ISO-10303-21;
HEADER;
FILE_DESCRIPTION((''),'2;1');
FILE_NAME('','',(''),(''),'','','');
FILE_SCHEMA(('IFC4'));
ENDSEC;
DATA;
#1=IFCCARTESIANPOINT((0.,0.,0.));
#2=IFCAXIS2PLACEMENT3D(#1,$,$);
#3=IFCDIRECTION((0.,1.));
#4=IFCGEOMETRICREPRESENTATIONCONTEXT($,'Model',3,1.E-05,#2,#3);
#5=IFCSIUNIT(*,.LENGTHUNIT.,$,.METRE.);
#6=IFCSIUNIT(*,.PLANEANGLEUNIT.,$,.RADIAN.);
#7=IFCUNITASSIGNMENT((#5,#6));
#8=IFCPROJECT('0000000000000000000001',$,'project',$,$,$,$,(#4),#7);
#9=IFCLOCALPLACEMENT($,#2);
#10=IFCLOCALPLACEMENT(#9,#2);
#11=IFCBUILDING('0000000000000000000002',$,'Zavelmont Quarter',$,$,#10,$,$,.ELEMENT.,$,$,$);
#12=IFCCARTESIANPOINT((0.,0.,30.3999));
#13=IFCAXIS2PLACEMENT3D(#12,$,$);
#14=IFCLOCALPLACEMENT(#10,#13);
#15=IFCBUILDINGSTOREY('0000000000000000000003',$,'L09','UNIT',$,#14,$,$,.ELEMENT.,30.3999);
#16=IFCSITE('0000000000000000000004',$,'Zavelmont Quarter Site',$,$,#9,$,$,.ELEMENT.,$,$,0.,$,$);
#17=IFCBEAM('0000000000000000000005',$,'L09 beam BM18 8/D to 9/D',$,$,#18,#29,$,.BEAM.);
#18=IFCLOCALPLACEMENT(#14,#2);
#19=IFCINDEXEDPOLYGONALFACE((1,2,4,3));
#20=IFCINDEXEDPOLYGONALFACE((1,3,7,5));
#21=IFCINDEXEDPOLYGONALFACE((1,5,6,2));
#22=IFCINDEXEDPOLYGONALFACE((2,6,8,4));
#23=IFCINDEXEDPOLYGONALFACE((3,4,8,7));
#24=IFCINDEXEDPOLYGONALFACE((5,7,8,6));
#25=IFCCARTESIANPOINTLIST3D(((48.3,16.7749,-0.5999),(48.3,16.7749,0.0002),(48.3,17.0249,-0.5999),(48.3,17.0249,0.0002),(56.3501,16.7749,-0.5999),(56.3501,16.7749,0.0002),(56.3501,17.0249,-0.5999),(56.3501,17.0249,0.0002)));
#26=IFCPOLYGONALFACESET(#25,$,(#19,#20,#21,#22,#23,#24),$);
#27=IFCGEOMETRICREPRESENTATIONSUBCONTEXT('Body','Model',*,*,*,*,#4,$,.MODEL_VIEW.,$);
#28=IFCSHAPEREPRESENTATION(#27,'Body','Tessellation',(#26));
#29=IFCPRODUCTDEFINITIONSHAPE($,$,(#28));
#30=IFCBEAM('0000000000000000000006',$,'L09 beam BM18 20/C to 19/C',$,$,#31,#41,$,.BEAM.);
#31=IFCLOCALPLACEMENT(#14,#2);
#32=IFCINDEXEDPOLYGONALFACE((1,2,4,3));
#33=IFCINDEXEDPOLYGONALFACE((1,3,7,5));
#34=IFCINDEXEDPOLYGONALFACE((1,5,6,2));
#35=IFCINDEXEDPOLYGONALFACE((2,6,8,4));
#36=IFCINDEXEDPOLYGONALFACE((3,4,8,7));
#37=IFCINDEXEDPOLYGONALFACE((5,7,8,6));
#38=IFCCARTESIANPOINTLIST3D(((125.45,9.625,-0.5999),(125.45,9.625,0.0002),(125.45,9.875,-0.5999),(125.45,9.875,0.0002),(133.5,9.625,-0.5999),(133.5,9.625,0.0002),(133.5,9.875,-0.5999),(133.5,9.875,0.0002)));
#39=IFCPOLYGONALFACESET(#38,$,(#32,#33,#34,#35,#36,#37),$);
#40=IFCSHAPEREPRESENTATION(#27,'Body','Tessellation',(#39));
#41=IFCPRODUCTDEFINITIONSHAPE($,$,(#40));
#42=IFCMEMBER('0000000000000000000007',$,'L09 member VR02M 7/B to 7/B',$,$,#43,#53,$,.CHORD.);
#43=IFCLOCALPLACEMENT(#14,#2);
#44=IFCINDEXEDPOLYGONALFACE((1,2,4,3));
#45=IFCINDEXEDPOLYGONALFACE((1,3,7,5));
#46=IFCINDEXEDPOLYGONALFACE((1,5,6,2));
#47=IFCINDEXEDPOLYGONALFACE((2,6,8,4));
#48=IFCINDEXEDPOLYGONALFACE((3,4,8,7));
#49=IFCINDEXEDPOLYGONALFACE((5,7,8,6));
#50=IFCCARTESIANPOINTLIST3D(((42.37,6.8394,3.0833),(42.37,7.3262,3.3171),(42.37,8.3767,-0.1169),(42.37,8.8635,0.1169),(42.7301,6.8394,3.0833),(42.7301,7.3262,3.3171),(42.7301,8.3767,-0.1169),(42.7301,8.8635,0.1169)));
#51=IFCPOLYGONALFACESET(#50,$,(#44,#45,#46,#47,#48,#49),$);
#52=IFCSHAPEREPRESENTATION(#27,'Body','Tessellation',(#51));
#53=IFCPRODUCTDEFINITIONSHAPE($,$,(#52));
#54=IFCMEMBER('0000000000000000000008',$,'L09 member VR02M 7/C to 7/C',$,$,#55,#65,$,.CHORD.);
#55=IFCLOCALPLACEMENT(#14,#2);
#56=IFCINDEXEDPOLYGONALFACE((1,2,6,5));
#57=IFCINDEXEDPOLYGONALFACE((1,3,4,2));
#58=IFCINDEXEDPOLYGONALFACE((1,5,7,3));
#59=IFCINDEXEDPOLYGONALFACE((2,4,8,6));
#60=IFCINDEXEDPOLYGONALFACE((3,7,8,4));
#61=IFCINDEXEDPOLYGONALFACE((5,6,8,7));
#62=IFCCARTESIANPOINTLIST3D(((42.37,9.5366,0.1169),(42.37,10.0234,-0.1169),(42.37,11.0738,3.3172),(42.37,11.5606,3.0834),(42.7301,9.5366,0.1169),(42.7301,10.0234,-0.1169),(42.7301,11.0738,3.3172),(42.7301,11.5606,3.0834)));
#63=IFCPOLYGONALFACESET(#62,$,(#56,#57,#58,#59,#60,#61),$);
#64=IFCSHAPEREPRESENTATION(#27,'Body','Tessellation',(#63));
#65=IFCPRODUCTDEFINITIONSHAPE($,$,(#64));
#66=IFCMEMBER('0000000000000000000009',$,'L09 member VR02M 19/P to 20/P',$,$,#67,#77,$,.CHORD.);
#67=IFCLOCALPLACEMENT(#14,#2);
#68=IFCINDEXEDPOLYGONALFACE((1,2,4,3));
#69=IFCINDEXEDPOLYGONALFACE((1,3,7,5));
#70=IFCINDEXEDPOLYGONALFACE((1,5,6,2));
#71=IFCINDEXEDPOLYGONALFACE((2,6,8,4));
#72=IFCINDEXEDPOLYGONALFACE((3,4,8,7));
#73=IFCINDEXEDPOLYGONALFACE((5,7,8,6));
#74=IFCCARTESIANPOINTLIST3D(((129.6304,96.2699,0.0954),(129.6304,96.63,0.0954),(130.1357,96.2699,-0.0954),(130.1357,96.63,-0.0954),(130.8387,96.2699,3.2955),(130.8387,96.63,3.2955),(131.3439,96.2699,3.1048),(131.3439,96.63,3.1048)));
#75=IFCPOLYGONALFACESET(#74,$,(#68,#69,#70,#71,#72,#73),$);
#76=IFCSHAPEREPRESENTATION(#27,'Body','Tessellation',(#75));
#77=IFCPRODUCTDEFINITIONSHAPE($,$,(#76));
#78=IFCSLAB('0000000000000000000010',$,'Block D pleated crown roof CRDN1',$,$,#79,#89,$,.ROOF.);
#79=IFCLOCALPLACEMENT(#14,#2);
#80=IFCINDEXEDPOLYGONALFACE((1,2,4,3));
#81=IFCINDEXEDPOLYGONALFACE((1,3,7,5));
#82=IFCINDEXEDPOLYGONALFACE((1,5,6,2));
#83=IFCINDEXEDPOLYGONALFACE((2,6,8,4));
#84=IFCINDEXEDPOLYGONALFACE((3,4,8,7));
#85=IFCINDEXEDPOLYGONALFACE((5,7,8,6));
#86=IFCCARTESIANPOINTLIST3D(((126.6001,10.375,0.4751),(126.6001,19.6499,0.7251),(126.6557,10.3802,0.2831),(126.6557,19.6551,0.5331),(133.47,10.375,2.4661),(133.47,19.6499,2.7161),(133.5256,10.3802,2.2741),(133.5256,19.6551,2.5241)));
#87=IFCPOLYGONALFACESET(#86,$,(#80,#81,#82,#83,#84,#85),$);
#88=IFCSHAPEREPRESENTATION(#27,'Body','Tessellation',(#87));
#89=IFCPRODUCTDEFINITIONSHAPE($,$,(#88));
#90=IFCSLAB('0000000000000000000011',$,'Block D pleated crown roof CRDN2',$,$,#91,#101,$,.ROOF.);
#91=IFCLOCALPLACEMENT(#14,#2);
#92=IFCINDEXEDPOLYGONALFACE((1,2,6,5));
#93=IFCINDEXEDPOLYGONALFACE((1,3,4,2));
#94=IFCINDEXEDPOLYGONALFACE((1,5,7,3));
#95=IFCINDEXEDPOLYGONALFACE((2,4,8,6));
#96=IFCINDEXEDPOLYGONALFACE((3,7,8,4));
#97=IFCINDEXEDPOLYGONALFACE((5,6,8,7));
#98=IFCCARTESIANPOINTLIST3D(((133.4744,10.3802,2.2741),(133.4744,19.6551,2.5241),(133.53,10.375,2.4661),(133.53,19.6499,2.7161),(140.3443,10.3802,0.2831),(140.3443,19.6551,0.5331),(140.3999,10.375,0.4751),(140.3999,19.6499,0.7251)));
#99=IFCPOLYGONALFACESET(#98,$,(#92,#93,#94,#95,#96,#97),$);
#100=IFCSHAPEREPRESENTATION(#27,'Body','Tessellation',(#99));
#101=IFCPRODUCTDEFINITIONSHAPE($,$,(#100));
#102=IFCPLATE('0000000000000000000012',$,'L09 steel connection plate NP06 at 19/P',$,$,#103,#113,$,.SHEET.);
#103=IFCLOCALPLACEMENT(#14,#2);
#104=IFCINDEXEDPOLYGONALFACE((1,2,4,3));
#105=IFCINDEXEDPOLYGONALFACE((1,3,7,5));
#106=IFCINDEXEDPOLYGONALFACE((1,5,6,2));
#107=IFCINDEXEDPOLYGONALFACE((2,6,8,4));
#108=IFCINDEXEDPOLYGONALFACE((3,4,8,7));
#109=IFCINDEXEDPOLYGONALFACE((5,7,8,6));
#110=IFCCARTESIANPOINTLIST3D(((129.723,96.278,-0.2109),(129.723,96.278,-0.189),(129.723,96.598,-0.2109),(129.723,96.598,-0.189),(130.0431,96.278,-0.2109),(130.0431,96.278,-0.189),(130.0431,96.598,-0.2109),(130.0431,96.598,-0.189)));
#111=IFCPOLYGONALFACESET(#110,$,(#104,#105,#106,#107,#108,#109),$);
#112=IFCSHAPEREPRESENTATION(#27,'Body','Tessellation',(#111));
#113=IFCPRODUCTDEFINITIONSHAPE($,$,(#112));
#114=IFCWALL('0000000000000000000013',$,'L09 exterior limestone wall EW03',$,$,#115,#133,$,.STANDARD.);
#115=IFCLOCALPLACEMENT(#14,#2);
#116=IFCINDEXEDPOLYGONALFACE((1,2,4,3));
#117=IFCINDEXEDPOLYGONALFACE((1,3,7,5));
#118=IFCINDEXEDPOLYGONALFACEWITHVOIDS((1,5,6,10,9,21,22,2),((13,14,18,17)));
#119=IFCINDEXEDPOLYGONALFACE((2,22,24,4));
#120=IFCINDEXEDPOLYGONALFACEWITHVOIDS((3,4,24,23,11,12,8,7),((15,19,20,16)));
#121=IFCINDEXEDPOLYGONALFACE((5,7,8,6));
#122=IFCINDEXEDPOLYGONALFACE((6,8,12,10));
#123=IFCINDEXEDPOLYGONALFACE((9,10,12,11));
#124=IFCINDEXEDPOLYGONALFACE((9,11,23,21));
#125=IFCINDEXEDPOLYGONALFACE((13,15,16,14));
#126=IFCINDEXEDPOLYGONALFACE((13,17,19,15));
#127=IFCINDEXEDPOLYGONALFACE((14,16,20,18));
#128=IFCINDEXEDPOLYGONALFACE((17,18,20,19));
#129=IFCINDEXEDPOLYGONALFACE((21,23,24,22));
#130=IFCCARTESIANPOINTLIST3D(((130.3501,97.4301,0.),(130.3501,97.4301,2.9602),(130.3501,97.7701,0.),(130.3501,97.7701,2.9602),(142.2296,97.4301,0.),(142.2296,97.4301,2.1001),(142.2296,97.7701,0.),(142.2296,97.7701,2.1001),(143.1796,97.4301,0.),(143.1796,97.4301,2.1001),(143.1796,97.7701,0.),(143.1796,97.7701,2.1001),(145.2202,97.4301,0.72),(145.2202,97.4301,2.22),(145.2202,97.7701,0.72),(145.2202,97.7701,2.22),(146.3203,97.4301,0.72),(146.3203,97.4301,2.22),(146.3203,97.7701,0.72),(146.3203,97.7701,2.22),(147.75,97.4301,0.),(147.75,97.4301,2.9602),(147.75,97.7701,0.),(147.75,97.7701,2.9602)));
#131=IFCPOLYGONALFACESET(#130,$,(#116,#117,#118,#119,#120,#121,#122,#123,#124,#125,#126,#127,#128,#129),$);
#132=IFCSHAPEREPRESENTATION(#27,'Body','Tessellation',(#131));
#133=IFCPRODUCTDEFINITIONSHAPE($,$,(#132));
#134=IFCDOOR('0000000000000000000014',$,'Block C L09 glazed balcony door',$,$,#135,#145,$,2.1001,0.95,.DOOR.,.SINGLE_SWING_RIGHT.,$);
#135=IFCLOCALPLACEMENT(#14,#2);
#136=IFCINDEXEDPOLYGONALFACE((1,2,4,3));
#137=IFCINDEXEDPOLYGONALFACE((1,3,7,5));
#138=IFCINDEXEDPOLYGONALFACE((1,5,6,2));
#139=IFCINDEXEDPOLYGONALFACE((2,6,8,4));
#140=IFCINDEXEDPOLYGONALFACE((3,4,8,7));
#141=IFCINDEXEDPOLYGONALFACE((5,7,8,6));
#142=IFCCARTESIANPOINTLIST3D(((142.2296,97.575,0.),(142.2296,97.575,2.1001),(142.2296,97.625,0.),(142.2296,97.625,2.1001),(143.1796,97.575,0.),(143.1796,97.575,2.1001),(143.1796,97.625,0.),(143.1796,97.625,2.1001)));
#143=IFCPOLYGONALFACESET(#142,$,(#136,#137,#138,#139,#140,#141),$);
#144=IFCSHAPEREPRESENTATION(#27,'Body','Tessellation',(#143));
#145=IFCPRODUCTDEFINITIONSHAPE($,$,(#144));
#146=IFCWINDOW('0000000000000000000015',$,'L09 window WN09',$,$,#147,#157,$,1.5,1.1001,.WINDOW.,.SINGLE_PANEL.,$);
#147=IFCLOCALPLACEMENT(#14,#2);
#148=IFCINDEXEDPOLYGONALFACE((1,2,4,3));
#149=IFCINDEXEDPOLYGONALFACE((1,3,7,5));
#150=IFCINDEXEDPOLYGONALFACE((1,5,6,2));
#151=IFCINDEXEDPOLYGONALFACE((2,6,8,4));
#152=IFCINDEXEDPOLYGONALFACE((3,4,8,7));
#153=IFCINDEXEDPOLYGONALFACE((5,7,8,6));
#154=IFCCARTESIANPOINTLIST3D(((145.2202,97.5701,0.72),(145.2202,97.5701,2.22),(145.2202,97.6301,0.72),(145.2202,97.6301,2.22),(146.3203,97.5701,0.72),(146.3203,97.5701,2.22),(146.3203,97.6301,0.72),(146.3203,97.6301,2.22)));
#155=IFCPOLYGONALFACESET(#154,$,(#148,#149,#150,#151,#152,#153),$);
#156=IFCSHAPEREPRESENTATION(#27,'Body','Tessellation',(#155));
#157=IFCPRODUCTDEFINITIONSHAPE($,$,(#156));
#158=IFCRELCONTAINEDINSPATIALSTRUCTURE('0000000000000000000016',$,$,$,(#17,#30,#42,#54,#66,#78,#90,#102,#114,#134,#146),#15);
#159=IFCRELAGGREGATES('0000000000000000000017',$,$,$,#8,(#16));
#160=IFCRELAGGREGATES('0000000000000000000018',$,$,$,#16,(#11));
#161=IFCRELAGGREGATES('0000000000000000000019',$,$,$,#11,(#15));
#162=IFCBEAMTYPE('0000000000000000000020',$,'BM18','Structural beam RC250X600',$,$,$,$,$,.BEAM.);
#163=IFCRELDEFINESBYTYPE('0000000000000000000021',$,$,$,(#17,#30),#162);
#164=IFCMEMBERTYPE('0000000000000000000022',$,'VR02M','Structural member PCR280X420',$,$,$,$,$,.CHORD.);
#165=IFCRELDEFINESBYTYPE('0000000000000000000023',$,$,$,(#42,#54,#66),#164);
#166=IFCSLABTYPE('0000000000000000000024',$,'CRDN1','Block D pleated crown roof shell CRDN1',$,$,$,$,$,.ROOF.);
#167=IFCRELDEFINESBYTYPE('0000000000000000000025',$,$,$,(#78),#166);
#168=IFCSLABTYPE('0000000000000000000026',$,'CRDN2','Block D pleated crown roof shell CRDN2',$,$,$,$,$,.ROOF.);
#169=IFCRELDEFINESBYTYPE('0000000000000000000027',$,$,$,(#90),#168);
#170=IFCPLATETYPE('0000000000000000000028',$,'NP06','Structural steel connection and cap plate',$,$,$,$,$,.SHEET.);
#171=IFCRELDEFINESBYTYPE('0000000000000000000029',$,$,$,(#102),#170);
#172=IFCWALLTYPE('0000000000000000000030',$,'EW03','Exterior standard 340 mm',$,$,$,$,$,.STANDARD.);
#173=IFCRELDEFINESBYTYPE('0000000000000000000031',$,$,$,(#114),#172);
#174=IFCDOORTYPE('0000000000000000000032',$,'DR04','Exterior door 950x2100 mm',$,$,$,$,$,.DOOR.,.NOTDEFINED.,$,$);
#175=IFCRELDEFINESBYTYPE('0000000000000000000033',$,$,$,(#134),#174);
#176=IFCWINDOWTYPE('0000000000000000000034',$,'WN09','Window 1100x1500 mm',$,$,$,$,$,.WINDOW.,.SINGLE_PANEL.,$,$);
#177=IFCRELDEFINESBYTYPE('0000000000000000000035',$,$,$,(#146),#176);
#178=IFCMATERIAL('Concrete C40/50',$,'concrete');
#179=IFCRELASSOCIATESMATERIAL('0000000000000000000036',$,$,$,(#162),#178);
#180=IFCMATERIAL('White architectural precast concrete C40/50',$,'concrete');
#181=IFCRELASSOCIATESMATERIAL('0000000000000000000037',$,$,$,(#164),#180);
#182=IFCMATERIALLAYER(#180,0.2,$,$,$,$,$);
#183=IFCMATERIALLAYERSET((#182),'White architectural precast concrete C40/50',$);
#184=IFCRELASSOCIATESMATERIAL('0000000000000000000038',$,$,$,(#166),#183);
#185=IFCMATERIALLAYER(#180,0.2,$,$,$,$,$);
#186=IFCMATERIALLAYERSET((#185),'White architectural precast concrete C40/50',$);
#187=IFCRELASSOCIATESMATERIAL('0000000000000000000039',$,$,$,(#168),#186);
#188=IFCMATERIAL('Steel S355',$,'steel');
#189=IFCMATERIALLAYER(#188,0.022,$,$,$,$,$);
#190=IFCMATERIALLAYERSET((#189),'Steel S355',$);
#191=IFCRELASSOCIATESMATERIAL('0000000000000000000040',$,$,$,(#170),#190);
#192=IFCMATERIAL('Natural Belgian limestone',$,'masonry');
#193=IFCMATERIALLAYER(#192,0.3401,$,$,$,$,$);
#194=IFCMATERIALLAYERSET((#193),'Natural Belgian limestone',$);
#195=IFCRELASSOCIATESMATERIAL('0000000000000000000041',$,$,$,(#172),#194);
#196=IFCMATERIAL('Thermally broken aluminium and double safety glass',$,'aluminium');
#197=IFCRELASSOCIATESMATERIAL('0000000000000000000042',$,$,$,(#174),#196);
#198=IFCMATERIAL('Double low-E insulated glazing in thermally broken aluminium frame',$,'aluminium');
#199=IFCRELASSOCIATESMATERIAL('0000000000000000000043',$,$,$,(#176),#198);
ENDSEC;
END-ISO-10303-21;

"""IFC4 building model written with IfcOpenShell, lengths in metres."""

from ifc_helpers import new_model, si_unit, direction, frame, frame_2d, origin, origin_with_axes, origin_2d, place, context, subcontext, project, spatial, polyline, rectangle, outline, extrude, material, layer, layer_set, material_profile, profile_set, type_object, element, fill, save


model = new_model("IFC4")

# Units and contexts
model_context = context("Model", 3, precision=1e-05, world=origin(), true_north=direction((0.0, 1.0)))
body_context = subcontext(model_context, "Body", "Model", "MODEL_VIEW")
ifc_project = project(units=[si_unit("LENGTHUNIT", "METRE"), si_unit("PLANEANGLEUNIT", "RADIAN")], contexts=[model_context])

# Site, building, storey
site_placement = place(None, origin())
site = spatial("IfcSite", under=ifc_project, at=site_placement, Name="Zavelmont Quarter Site", CompositionType="ELEMENT", RefElevation=0.0)
building_placement = place(site_placement, origin())
building = spatial("IfcBuilding", under=site, at=building_placement, Name="Zavelmont Quarter", CompositionType="ELEMENT")
storey_placement = place(building_placement, frame((0.0, 0.0, 30.3999)))
storey = spatial("IfcBuildingStorey", under=building, at=storey_placement, Name="L09", Description="UNIT", CompositionType="ELEMENT", Elevation=30.3999)

# Beams
ifc_material_1 = material(Name="Concrete C40/50", Category="concrete")
ifc_material_profile_1 = material_profile(ifc_material_1, rectangle(XDim=0.25, YDim=0.6001, at=origin_2d()), Name="RC250X600")
ifc_profile_set_1 = profile_set([ifc_material_profile_1], Name="Concrete C40/50")
beam_type_1 = type_object("IfcBeamType", Name="BM18", Description="Structural beam RC250X600", PredefinedType="BEAM", material=ifc_profile_set_1)
for number, where, z_axis, x_axis, name in (
    (1, (48.3, 16.8999, -0.2998), (1.0, 0.0, 0.0), (0.0, 1.0, 0.0), "L09 beam BM18 8/D to 9/D"),
    (2, (133.5, 9.75, -0.2998), (-1.0, 0.0, 0.0), (0.0, -1.0, 0.0), "L09 beam BM18 20/C to 19/C"),
):
    element("IfcBeam", number, at=place(storey_placement, frame(where, z_axis=z_axis, x_axis=x_axis)), inside=storey, type_object=beam_type_1, Name=name, PredefinedType="BEAM", context=body_context, shape_type="SweptSolid", body=[
        extrude(rectangle(XDim=0.25, YDim=0.6001, at=origin_2d()), origin(), (0.0, 0.0, 1.0), 8.05),
    ])

# Members
ifc_material_2 = material(Name="White architectural precast concrete C40/50", Category="concrete")
ifc_material_profile_2 = material_profile(ifc_material_2, rectangle(XDim=0.3601, YDim=0.54, at=origin_2d()), Name="PCR280X420")
ifc_profile_set_2 = profile_set([ifc_material_profile_2], Name="White architectural precast concrete C40/50")
member_type = type_object("IfcMemberType", Name="VR02M", Description="Structural member PCR280X420", PredefinedType="CHORD", material=ifc_profile_set_2)
for number, where, z_axis, x_axis, name in (
    (3, (42.55, 8.6201, 0.0), (0.0, -0.433019, 0.901385), (1.0, 0.0, 0.0), "L09 member VR02M 7/B to 7/B"),
    (4, (42.55, 9.78, 0.0), (0.0, 0.432964, 0.901411), (-1.0, 0.0, 0.0), "L09 member VR02M 7/C to 7/C"),
):
    element("IfcMember", number, at=place(storey_placement, frame(where, z_axis=z_axis, x_axis=x_axis)), inside=storey, type_object=member_type, Name=name, PredefinedType="CHORD", context=body_context, shape_type="SweptSolid", body=[
        extrude(rectangle(XDim=0.3601, YDim=0.54, at=origin_2d()), origin(), (0.0, 0.0, 1.0), 3.5503),
    ])
member_placement = place(storey_placement, frame((129.8831, 96.45, 0.0), z_axis=(0.353219, 0.0, 0.935541), x_axis=(0.0, 1.0, 0.0)))
element("IfcMember", 5, at=member_placement, inside=storey, type_object=member_type, Name="L09 member VR02M 19/P to 20/P", PredefinedType="CHORD", context=body_context, shape_type="SweptSolid", body=[
    extrude(rectangle(XDim=0.3601, YDim=0.54, at=origin_2d()), origin(), (0.0, 0.0, 1.0), 3.4207),
])

# Slabs
ifc_layer_1 = layer(ifc_material_2, 0.2)
ifc_layer_set_1 = layer_set([ifc_layer_1], Name="White architectural precast concrete C40/50")
slab_type_1 = type_object("IfcSlabType", Name="CRDN1", Description="Block D pleated crown roof shell CRDN1", PredefinedType="ROOF", material=ifc_layer_set_1)
slab_1_placement = place(storey_placement, frame((126.6001, 10.375, 0.4751), z_axis=(-0.278264, -0.02588, 0.960156), x_axis=(0.960478, 0.0, 0.278357)))
element("IfcSlab", 6, at=slab_1_placement, inside=storey, type_object=slab_type_1, Name="Block D pleated crown roof CRDN1", PredefinedType="ROOF", context=body_context, shape_type="SweptSolid", body=[
    extrude(outline(polyline([(0.0, 0.0), (7.1526, 0.0), (7.2221, 9.278), (0.0696, 9.278), (0.0, 0.0)])), origin(), (0.0, 0.0, -1.0), 0.2),
])
ifc_layer_2 = layer(ifc_material_2, 0.2)
ifc_layer_set_2 = layer_set([ifc_layer_2], Name="White architectural precast concrete C40/50")
slab_type_2 = type_object("IfcSlabType", Name="CRDN2", Description="Block D pleated crown roof shell CRDN2", PredefinedType="ROOF", material=ifc_layer_set_2)
slab_2_placement = place(storey_placement, frame((133.53, 10.375, 2.4661), z_axis=(0.278264, -0.02588, 0.960156), x_axis=(0.960478, 0.0, -0.278357)))
element("IfcSlab", 7, at=slab_2_placement, inside=storey, type_object=slab_type_2, Name="Block D pleated crown roof CRDN2", PredefinedType="ROOF", context=body_context, shape_type="SweptSolid", body=[
    extrude(outline(polyline([(0.0, 0.0), (7.1526, 0.0), (7.083, 9.278), (-0.0696, 9.278), (0.0, 0.0)])), origin(), (0.0, 0.0, -1.0), 0.2),
])

# Plate
ifc_material_3 = material(Name="Steel S355", Category="steel")
ifc_layer_3 = layer(ifc_material_3, 0.022)
ifc_layer_set_3 = layer_set([ifc_layer_3], Name="Steel S355")
plate_type = type_object("IfcPlateType", Name="NP06", Description="Structural steel connection and cap plate", PredefinedType="SHEET", material=ifc_layer_set_3)
plate_placement = place(storey_placement, frame((129.8831, 96.438, -0.2109), z_axis=(0.0, 0.0, 1.0), x_axis=(1.0, 0.0, 0.0)))
element("IfcPlate", 8, at=plate_placement, inside=storey, type_object=plate_type, Name="L09 steel connection plate NP06 at 19/P", PredefinedType="SHEET", context=body_context, shape_type="SweptSolid", body=[
    extrude(rectangle(XDim=0.3201, YDim=0.3201, at=origin_2d()), origin(), (0.0, 0.0, 1.0), 0.022),
])

# Wall, openings, door, window
ifc_material_4 = material(Name="Natural Belgian limestone", Category="masonry")
ifc_layer_4 = layer(ifc_material_4, 0.3401)
ifc_layer_set_4 = layer_set([ifc_layer_4], Name="Natural Belgian limestone")
wall_type_1 = type_object("IfcWallType", Name="EW03", Description="Exterior standard 340 mm", PredefinedType="STANDARD", material=ifc_layer_set_4)
wall_1_placement = place(storey_placement, frame((130.3501, 97.6001, 0.0), z_axis=(0.0, 0.0, 1.0), x_axis=(1.0, 0.0, 0.0)))
wall_1 = element("IfcWall", 9, at=wall_1_placement, inside=storey, type_object=wall_type_1, Name="L09 exterior limestone wall EW03", PredefinedType="STANDARD", context=body_context, shape_type="SweptSolid", body=[
    extrude(rectangle(XDim=17.3999, YDim=0.3401, at=frame_2d((8.7, 0.0))), origin(), (0.0, 0.0, 1.0), 2.9602),
])
opening_1_placement = place(wall_1_placement, frame((11.8794, 0.0, 0.0)))
opening_1 = element("IfcOpeningElement", 10, at=opening_1_placement, cuts=wall_1, PredefinedType="OPENING", context=body_context, shape_type="SweptSolid", body=[
    extrude(rectangle(XDim=0.95, YDim=2.1001, at=frame_2d((0.4751, 1.05))), frame((0.0, 0.1821, 0.0), z_axis=(0.0, -1.0, 0.0), x_axis=(1.0, 0.0, 0.0)), (0.0, 0.0, 1.0), 0.364),
])
opening_2_placement = place(wall_1_placement, frame((14.8701, 0.0, 0.72)))
opening_2 = element("IfcOpeningElement", 11, at=opening_2_placement, cuts=wall_1, PredefinedType="OPENING", context=body_context, shape_type="SweptSolid", body=[
    extrude(rectangle(XDim=1.1001, YDim=1.5, at=frame_2d((0.55, 0.75))), frame((0.0, 0.1821, 0.0), z_axis=(0.0, -1.0, 0.0), x_axis=(1.0, 0.0, 0.0)), (0.0, 0.0, 1.0), 0.364),
])
ifc_material_5 = material(Name="Thermally broken aluminium and double safety glass", Category="aluminium")
door_type_1 = type_object("IfcDoorType", Name="DR04", Description="Exterior door 950x2100 mm", OperationType="NOTDEFINED", PredefinedType="DOOR", material=ifc_material_5)
door_1_placement = place(opening_1_placement, origin_with_axes())
door_1 = element("IfcDoor", 12, at=door_1_placement, inside=storey, type_object=door_type_1, Name="Block C L09 glazed balcony door", OperationType="SINGLE_SWING_RIGHT", OverallHeight=2.1001, OverallWidth=0.95, PredefinedType="DOOR", context=body_context, shape_type="SweptSolid", body=[
    extrude(rectangle(XDim=0.95, YDim=2.1001, at=frame_2d((0.4751, 1.05))), frame((0.0, 0.0249, 0.0), z_axis=(0.0, -1.0, 0.0), x_axis=(1.0, 0.0, 0.0)), (0.0, 0.0, 1.0), 0.05),
])
fill(opening_1, door_1)
ifc_material_6 = material(Name="Double low-E insulated glazing in thermally broken aluminium frame", Category="aluminium")
window_type = type_object("IfcWindowType", Name="WN09", Description="Window 1100x1500 mm", PartitioningType="SINGLE_PANEL", PredefinedType="WINDOW", material=ifc_material_6)
window_1_placement = place(opening_2_placement, origin_with_axes())
window_1 = element("IfcWindow", 13, at=window_1_placement, inside=storey, type_object=window_type, Name="L09 window WN09", OverallHeight=1.5, OverallWidth=1.1001, PartitioningType="SINGLE_PANEL", PredefinedType="WINDOW", context=body_context, shape_type="SweptSolid", body=[
    extrude(rectangle(XDim=1.1001, YDim=1.5, at=frame_2d((0.55, 0.75))), frame((0.0, 0.03, 0.0), z_axis=(0.0, -1.0, 0.0), x_axis=(1.0, 0.0, 0.0)), (0.0, 0.0, 1.0), 0.0601),
])
fill(opening_2, window_1)

save(model, "model.ifc")
